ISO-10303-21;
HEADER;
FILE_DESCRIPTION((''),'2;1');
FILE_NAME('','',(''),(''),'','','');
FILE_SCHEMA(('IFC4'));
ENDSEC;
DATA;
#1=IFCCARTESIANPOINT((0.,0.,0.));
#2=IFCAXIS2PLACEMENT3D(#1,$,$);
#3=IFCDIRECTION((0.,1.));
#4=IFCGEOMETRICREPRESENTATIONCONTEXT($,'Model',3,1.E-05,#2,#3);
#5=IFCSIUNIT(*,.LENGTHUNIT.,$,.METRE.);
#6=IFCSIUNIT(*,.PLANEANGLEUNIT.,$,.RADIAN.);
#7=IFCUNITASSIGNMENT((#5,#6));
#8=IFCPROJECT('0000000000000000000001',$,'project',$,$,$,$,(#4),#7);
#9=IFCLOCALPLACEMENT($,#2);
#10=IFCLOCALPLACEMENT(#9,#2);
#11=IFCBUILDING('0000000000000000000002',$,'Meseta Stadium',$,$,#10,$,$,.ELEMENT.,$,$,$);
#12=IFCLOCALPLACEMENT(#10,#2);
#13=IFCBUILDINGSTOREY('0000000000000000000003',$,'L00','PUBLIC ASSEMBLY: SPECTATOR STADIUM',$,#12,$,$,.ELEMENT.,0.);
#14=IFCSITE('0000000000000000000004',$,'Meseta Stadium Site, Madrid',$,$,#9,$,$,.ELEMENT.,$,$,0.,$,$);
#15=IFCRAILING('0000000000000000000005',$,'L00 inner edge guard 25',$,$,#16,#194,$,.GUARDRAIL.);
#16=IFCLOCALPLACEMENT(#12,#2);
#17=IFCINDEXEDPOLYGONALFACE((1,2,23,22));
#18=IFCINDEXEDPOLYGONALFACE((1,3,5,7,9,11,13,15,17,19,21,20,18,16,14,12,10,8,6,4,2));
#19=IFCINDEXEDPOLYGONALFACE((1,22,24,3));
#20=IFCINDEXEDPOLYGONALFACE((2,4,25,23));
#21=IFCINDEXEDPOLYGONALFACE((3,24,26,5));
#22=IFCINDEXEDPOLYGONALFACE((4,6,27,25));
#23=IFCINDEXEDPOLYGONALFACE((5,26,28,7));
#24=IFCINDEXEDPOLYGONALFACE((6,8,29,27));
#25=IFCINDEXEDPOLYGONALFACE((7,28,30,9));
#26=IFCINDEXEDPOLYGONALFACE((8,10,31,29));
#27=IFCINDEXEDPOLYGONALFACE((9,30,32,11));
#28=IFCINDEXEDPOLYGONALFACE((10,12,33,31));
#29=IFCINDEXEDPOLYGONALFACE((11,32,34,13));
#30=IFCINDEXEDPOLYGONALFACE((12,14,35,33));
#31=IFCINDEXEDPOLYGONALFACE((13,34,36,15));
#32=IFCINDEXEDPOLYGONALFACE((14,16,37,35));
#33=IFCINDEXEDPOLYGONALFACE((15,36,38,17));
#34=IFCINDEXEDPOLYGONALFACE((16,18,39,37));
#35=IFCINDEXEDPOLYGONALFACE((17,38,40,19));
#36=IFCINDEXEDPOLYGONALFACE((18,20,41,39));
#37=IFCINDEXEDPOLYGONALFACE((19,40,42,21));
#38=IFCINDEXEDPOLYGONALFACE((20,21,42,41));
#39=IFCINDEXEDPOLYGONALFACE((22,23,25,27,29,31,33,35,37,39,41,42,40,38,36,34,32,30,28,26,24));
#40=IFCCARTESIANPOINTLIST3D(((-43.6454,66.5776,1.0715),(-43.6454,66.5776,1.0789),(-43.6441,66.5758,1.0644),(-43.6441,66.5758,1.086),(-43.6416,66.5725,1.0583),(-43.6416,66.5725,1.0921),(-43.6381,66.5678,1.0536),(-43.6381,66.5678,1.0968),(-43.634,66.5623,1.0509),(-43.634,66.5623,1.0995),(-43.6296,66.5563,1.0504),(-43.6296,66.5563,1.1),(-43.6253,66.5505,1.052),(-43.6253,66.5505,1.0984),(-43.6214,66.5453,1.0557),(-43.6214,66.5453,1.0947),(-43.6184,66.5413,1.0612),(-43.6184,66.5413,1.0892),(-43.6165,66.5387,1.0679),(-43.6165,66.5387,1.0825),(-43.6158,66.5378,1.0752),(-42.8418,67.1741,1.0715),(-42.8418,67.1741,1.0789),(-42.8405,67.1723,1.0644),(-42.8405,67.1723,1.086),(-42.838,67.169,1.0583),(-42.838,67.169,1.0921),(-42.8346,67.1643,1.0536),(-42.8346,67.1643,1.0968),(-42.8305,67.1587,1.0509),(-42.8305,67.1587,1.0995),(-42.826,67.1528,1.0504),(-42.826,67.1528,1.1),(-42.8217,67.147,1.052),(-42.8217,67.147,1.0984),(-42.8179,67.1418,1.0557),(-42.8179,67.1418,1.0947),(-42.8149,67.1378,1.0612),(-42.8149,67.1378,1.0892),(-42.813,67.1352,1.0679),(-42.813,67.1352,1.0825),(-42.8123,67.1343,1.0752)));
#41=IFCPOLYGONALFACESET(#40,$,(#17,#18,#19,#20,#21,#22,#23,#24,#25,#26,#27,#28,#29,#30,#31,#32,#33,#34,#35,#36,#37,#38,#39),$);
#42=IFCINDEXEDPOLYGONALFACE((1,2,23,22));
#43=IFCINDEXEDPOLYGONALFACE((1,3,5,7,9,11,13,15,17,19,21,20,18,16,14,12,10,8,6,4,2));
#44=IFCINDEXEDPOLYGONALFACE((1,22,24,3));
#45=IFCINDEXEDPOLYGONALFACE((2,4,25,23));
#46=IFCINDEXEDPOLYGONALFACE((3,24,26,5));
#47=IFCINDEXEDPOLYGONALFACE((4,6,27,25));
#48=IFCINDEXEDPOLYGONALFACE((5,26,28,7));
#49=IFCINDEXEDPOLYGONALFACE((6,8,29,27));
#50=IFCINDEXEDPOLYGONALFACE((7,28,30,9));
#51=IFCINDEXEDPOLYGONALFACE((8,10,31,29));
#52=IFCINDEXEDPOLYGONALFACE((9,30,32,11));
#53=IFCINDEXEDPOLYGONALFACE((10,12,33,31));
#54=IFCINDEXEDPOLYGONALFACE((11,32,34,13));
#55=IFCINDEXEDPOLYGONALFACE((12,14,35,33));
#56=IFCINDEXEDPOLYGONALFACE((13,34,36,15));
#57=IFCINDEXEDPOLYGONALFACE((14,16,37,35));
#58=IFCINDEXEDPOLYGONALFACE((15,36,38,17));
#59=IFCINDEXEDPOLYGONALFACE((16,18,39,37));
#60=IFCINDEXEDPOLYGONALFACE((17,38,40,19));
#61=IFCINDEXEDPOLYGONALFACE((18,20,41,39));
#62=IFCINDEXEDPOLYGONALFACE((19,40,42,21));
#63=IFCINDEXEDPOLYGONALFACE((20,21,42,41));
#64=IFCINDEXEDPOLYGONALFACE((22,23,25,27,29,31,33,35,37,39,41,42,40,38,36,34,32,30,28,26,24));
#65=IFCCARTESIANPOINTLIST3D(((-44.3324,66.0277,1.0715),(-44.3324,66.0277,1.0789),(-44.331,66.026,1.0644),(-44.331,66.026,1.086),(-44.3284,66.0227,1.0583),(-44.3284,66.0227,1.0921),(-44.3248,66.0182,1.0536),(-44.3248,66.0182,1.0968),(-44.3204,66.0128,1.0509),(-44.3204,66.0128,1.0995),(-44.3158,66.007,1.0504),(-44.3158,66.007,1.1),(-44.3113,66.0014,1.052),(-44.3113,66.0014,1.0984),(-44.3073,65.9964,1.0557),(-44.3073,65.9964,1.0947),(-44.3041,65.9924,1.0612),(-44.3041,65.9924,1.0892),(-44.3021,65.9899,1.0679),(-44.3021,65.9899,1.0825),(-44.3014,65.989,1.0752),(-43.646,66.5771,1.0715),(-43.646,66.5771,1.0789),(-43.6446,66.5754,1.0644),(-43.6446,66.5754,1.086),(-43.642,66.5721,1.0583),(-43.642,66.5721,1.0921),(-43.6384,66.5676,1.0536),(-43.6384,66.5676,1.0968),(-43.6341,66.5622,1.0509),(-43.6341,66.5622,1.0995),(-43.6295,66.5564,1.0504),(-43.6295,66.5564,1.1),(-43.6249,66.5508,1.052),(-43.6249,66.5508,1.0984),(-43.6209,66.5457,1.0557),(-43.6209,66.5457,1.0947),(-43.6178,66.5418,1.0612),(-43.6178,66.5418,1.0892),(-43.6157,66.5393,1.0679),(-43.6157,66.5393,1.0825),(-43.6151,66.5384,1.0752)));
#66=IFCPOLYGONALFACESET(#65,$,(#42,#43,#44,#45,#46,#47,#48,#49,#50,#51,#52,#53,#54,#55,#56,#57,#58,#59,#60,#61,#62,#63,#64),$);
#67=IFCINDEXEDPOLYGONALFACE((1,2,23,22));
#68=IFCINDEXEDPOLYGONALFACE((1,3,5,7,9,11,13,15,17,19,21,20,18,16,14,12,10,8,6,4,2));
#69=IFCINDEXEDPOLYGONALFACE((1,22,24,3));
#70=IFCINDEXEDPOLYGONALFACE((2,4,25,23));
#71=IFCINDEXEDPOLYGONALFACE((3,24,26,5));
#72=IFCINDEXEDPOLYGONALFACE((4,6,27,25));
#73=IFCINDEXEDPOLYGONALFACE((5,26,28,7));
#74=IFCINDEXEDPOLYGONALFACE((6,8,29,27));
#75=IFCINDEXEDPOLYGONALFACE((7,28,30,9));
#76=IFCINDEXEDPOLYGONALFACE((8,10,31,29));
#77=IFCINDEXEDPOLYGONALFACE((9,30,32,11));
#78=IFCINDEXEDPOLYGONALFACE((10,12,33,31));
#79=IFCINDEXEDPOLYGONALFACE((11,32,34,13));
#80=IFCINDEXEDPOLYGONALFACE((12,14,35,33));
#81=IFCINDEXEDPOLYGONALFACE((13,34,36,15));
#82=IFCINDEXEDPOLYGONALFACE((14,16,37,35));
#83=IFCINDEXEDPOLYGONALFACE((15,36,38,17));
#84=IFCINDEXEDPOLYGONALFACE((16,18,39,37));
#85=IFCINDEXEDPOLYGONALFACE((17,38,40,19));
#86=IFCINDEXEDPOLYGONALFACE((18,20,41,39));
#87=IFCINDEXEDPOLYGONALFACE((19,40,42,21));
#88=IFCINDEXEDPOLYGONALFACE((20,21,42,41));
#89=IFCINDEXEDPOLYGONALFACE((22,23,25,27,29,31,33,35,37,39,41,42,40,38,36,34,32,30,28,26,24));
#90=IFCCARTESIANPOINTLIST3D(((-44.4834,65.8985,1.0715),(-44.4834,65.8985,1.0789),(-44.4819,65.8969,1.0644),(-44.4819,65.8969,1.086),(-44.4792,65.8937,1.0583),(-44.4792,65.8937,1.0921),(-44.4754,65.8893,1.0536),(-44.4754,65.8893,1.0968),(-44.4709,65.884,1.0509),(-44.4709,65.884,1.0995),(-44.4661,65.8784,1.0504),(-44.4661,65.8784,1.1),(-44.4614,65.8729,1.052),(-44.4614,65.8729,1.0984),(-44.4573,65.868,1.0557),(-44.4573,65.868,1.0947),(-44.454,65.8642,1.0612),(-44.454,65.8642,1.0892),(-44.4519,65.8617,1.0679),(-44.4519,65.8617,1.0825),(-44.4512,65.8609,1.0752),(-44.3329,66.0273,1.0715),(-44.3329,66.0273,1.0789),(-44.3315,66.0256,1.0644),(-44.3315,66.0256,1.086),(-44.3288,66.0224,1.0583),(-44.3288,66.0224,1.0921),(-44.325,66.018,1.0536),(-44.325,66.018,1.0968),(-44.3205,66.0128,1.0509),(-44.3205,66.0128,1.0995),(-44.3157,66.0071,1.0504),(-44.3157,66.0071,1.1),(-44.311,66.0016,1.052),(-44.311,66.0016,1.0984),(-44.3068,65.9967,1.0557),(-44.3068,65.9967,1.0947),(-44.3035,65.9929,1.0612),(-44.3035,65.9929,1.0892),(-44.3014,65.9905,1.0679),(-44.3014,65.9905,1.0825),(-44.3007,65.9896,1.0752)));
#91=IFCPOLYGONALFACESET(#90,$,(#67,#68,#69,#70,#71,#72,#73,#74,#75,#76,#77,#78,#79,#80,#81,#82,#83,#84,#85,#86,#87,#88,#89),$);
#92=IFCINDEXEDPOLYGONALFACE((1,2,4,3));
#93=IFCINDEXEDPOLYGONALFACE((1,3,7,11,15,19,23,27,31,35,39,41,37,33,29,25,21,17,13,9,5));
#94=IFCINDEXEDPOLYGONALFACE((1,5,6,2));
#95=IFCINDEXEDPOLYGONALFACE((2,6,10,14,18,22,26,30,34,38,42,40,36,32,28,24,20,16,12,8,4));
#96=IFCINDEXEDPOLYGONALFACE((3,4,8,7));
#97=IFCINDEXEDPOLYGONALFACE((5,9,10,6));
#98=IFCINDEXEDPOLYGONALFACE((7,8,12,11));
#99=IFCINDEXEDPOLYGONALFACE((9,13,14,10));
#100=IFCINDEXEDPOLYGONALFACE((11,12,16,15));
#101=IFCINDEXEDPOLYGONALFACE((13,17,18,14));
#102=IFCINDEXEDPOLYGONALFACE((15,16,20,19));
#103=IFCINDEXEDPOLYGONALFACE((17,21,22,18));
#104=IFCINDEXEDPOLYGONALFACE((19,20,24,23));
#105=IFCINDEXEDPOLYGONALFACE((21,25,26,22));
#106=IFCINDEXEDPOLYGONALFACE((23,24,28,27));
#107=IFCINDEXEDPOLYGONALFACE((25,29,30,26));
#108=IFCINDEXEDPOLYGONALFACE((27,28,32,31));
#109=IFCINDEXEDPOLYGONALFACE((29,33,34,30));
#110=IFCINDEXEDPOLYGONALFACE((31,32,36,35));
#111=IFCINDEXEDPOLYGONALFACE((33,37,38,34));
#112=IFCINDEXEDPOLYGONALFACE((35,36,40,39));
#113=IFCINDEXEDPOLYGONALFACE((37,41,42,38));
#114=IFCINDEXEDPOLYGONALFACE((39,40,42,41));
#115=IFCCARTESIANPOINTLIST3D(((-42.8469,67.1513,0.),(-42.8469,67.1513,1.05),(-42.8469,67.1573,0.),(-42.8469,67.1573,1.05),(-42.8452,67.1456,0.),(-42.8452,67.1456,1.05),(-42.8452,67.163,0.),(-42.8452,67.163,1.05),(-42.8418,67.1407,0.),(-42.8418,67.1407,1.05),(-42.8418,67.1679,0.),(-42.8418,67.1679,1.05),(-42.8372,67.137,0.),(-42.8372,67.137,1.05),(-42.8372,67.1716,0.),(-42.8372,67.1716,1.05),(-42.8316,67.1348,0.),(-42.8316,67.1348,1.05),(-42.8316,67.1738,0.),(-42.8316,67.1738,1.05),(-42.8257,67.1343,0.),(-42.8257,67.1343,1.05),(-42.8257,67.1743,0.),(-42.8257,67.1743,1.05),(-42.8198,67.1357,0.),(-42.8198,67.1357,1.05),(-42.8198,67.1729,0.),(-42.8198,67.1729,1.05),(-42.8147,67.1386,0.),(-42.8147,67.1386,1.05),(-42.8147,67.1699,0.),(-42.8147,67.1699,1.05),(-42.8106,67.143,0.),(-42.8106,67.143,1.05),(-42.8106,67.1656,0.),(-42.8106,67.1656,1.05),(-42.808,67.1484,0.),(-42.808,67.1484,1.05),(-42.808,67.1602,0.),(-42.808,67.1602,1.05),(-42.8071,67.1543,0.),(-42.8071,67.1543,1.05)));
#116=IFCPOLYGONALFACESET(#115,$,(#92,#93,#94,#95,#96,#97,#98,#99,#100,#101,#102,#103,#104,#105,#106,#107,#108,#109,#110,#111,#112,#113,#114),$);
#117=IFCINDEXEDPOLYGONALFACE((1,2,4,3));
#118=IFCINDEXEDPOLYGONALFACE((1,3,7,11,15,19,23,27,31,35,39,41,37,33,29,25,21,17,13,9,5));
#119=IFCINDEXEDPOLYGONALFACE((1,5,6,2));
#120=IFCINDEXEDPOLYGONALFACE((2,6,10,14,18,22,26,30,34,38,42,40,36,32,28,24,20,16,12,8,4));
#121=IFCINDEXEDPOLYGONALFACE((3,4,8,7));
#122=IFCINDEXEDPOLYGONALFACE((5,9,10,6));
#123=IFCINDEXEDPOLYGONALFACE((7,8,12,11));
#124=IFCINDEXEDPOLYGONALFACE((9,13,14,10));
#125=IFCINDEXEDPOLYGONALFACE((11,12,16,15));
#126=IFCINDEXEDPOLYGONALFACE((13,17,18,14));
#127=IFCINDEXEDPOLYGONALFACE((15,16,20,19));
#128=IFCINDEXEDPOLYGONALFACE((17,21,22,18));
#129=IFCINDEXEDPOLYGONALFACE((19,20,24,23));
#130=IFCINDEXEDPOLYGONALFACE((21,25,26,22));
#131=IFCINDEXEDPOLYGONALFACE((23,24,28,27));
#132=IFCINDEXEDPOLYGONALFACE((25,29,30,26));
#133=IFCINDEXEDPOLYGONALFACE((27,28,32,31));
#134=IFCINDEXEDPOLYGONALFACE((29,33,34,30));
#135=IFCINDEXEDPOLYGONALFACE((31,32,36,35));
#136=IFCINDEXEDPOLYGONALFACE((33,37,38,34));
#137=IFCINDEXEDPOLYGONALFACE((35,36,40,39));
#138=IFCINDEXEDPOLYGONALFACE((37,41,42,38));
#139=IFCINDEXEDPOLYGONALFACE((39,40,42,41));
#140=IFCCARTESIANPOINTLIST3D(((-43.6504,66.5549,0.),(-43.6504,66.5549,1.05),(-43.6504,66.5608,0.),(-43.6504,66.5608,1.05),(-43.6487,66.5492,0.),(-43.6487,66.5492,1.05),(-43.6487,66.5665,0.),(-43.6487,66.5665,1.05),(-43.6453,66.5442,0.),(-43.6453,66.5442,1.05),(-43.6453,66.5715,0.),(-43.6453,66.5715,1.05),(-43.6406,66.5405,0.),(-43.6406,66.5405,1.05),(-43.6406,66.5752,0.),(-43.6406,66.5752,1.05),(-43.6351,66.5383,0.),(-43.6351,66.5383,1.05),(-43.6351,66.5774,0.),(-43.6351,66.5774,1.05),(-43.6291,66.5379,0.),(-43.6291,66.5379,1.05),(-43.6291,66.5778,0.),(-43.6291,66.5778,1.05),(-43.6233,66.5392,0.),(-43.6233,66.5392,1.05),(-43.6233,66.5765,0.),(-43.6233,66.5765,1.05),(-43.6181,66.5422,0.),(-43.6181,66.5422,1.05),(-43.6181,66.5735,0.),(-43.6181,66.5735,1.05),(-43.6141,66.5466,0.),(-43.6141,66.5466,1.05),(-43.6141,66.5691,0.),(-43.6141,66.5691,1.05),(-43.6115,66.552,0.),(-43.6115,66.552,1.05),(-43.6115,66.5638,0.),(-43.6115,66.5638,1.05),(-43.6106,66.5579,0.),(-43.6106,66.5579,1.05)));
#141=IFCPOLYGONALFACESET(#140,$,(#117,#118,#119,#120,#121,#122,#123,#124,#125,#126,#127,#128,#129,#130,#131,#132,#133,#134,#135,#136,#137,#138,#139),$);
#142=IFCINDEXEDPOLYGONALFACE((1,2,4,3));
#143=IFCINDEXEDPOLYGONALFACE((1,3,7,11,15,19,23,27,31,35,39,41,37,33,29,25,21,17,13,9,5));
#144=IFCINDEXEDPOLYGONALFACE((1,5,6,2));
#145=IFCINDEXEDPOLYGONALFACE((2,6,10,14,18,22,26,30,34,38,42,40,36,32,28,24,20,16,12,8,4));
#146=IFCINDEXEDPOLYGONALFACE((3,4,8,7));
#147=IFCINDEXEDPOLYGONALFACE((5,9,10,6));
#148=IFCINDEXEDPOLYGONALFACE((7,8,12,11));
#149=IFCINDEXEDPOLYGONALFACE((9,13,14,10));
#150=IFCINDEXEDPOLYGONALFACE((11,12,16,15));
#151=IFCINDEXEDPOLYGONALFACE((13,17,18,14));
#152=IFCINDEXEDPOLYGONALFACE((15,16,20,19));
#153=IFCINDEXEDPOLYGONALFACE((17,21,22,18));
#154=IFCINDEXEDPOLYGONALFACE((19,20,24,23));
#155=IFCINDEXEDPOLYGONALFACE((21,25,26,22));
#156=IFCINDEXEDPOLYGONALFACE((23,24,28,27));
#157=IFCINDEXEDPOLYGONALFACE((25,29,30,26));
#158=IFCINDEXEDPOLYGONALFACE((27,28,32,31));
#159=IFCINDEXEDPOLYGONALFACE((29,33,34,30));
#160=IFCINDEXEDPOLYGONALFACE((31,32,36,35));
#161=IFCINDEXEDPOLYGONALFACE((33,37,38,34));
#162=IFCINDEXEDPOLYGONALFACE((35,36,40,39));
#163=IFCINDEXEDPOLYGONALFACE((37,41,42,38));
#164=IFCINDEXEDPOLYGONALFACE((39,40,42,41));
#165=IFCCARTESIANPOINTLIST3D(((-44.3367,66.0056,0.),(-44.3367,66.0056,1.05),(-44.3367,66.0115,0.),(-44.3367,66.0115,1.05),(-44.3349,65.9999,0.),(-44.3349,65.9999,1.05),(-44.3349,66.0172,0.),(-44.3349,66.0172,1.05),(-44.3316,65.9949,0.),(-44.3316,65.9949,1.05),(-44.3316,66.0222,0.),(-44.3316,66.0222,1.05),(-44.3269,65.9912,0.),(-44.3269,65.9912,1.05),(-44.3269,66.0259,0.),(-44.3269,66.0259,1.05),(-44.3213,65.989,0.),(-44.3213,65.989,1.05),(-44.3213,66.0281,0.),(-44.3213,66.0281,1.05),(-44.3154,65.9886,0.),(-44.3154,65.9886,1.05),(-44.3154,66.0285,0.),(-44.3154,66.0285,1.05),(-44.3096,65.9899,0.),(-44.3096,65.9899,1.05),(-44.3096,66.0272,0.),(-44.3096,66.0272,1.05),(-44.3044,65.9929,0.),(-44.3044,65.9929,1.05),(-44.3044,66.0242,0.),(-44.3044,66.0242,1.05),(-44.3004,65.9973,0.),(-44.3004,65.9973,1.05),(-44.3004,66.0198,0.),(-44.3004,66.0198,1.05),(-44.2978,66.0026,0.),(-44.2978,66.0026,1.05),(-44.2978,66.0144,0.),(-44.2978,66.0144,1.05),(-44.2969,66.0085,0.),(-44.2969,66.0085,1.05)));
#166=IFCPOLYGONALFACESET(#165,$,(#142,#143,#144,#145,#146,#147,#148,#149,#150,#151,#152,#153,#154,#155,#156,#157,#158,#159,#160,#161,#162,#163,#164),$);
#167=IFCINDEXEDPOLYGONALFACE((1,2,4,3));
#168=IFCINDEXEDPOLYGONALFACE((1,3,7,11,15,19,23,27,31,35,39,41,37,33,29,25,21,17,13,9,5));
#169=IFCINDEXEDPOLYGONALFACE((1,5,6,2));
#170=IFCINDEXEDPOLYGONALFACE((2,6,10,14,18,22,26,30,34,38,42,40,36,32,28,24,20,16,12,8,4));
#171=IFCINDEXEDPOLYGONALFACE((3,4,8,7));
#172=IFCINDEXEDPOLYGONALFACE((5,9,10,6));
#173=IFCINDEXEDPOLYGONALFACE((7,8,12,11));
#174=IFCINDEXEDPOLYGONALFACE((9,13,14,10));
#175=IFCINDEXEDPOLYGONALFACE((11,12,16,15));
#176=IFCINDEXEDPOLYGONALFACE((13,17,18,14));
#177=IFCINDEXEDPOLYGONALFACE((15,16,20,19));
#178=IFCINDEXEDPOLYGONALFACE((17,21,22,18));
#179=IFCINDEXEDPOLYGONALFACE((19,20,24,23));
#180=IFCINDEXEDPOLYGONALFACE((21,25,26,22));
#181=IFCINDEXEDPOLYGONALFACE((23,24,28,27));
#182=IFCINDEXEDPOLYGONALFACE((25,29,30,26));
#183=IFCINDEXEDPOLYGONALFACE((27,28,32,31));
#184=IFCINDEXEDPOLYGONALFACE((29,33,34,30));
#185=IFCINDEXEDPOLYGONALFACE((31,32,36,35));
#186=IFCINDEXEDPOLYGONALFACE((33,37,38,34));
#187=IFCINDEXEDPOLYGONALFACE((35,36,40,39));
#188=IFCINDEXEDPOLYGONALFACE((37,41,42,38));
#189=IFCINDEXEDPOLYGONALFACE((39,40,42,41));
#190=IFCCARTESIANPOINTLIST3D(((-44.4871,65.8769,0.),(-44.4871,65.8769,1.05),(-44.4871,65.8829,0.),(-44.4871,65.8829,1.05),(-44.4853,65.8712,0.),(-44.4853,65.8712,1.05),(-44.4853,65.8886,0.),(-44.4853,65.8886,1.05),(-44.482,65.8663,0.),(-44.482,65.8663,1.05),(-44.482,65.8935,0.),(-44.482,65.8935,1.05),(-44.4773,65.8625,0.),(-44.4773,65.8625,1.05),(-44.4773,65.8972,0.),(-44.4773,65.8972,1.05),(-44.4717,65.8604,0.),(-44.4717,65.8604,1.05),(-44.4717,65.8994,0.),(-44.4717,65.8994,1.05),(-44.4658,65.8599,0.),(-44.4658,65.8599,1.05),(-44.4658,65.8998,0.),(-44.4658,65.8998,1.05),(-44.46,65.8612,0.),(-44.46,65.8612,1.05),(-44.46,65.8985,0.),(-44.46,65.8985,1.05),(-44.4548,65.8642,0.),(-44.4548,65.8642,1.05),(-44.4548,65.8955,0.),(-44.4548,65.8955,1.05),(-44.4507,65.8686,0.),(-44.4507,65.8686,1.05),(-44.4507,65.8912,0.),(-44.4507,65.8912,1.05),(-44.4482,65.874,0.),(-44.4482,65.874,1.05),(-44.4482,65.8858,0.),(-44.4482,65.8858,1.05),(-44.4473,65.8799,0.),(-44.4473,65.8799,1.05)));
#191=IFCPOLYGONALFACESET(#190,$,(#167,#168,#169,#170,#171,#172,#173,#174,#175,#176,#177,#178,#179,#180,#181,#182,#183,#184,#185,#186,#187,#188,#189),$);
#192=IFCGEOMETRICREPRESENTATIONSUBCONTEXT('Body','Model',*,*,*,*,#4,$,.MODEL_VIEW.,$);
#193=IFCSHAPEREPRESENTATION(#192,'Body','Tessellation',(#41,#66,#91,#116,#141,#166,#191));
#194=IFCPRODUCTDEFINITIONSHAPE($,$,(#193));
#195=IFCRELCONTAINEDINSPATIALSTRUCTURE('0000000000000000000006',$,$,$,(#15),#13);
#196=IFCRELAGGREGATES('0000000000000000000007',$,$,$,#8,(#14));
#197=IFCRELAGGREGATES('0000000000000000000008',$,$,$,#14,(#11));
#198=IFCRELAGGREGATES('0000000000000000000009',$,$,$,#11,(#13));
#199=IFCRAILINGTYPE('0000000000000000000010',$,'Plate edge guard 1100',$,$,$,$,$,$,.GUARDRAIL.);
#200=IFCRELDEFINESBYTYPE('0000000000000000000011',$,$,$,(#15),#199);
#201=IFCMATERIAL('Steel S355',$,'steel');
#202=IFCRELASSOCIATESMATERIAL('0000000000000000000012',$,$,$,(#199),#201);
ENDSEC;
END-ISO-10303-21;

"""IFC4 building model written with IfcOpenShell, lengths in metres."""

from ifc_helpers import new_model, si_unit, direction, frame, origin, origin_2d, place, context, subcontext, project, spatial, circle, extrude, material, type_object, element, save


model = new_model("IFC4")

# Units and contexts
model_context = context("Model", 3, precision=1e-05, world=origin(), true_north=direction((0.0, 1.0)))
body_context = subcontext(model_context, "Body", "Model", "MODEL_VIEW")
ifc_project = project(units=[si_unit("LENGTHUNIT", "METRE"), si_unit("PLANEANGLEUNIT", "RADIAN")], contexts=[model_context])

# Site, building, storey
site_placement = place(None, origin())
site = spatial("IfcSite", under=ifc_project, at=site_placement, Name="Meseta Stadium Site, Madrid", CompositionType="ELEMENT", RefElevation=0.0)
building_placement = place(site_placement, origin())
building = spatial("IfcBuilding", under=site, at=building_placement, Name="Meseta Stadium", CompositionType="ELEMENT")
storey_placement = place(building_placement, origin())
storey = spatial("IfcBuildingStorey", under=building, at=storey_placement, Name="L00", Description="PUBLIC ASSEMBLY: SPECTATOR STADIUM", CompositionType="ELEMENT", Elevation=0.0)

# Railing
ifc_material_1 = material(Name="Steel S355", Category="steel")
railing_type_1 = type_object("IfcRailingType", Name="Plate edge guard 1100", PredefinedType="GUARDRAIL", material=ifc_material_1)
railing_1_placement = place(storey_placement, frame((-42.8271, 67.1543, 0.0)))
element("IfcRailing", 1, at=railing_1_placement, inside=storey, type_object=railing_type_1, Name="L00 inner edge guard 25", PredefinedType="GUARDRAIL", context=body_context, shape_type="SweptSolid", body=[
    extrude(circle(Radius=0.0249, at=origin_2d()), frame((0.0, 0.0, 1.0752), z_axis=(-0.802947, -0.59605, 0.0), x_axis=(0.59605, -0.802947, 0.0)), (0.0, 0.0, 1.0), 1.0007),
    extrude(circle(Radius=0.0249, at=origin_2d()), frame((-0.8035, -0.5964, 1.0752), z_axis=(-0.780706, -0.624898, 0.0), x_axis=(0.624898, -0.780706, 0.0)), (0.0, 0.0, 1.0), 0.8792),
    extrude(circle(Radius=0.0249, at=origin_2d()), frame((-1.4897, -1.1458, 1.0752), z_axis=(-0.759866, -0.65008, 0.0), x_axis=(0.65008, -0.759866, 0.0)), (0.0, 0.0, 1.0), 0.198),
    extrude(circle(Radius=0.02, at=origin_2d()), origin(), (0.0, 0.0, 1.0), 1.05),
    extrude(circle(Radius=0.02, at=origin_2d()), frame((-0.8035, -0.5964, 0.0)), (0.0, 0.0, 1.0), 1.05),
    extrude(circle(Radius=0.02, at=origin_2d()), frame((-1.4897, -1.1458, 0.0)), (0.0, 0.0, 1.0), 1.05),
    extrude(circle(Radius=0.02, at=origin_2d()), frame((-1.6401, -1.2744, 0.0)), (0.0, 0.0, 1.0), 1.05),
])

save(model, "model.ifc")
